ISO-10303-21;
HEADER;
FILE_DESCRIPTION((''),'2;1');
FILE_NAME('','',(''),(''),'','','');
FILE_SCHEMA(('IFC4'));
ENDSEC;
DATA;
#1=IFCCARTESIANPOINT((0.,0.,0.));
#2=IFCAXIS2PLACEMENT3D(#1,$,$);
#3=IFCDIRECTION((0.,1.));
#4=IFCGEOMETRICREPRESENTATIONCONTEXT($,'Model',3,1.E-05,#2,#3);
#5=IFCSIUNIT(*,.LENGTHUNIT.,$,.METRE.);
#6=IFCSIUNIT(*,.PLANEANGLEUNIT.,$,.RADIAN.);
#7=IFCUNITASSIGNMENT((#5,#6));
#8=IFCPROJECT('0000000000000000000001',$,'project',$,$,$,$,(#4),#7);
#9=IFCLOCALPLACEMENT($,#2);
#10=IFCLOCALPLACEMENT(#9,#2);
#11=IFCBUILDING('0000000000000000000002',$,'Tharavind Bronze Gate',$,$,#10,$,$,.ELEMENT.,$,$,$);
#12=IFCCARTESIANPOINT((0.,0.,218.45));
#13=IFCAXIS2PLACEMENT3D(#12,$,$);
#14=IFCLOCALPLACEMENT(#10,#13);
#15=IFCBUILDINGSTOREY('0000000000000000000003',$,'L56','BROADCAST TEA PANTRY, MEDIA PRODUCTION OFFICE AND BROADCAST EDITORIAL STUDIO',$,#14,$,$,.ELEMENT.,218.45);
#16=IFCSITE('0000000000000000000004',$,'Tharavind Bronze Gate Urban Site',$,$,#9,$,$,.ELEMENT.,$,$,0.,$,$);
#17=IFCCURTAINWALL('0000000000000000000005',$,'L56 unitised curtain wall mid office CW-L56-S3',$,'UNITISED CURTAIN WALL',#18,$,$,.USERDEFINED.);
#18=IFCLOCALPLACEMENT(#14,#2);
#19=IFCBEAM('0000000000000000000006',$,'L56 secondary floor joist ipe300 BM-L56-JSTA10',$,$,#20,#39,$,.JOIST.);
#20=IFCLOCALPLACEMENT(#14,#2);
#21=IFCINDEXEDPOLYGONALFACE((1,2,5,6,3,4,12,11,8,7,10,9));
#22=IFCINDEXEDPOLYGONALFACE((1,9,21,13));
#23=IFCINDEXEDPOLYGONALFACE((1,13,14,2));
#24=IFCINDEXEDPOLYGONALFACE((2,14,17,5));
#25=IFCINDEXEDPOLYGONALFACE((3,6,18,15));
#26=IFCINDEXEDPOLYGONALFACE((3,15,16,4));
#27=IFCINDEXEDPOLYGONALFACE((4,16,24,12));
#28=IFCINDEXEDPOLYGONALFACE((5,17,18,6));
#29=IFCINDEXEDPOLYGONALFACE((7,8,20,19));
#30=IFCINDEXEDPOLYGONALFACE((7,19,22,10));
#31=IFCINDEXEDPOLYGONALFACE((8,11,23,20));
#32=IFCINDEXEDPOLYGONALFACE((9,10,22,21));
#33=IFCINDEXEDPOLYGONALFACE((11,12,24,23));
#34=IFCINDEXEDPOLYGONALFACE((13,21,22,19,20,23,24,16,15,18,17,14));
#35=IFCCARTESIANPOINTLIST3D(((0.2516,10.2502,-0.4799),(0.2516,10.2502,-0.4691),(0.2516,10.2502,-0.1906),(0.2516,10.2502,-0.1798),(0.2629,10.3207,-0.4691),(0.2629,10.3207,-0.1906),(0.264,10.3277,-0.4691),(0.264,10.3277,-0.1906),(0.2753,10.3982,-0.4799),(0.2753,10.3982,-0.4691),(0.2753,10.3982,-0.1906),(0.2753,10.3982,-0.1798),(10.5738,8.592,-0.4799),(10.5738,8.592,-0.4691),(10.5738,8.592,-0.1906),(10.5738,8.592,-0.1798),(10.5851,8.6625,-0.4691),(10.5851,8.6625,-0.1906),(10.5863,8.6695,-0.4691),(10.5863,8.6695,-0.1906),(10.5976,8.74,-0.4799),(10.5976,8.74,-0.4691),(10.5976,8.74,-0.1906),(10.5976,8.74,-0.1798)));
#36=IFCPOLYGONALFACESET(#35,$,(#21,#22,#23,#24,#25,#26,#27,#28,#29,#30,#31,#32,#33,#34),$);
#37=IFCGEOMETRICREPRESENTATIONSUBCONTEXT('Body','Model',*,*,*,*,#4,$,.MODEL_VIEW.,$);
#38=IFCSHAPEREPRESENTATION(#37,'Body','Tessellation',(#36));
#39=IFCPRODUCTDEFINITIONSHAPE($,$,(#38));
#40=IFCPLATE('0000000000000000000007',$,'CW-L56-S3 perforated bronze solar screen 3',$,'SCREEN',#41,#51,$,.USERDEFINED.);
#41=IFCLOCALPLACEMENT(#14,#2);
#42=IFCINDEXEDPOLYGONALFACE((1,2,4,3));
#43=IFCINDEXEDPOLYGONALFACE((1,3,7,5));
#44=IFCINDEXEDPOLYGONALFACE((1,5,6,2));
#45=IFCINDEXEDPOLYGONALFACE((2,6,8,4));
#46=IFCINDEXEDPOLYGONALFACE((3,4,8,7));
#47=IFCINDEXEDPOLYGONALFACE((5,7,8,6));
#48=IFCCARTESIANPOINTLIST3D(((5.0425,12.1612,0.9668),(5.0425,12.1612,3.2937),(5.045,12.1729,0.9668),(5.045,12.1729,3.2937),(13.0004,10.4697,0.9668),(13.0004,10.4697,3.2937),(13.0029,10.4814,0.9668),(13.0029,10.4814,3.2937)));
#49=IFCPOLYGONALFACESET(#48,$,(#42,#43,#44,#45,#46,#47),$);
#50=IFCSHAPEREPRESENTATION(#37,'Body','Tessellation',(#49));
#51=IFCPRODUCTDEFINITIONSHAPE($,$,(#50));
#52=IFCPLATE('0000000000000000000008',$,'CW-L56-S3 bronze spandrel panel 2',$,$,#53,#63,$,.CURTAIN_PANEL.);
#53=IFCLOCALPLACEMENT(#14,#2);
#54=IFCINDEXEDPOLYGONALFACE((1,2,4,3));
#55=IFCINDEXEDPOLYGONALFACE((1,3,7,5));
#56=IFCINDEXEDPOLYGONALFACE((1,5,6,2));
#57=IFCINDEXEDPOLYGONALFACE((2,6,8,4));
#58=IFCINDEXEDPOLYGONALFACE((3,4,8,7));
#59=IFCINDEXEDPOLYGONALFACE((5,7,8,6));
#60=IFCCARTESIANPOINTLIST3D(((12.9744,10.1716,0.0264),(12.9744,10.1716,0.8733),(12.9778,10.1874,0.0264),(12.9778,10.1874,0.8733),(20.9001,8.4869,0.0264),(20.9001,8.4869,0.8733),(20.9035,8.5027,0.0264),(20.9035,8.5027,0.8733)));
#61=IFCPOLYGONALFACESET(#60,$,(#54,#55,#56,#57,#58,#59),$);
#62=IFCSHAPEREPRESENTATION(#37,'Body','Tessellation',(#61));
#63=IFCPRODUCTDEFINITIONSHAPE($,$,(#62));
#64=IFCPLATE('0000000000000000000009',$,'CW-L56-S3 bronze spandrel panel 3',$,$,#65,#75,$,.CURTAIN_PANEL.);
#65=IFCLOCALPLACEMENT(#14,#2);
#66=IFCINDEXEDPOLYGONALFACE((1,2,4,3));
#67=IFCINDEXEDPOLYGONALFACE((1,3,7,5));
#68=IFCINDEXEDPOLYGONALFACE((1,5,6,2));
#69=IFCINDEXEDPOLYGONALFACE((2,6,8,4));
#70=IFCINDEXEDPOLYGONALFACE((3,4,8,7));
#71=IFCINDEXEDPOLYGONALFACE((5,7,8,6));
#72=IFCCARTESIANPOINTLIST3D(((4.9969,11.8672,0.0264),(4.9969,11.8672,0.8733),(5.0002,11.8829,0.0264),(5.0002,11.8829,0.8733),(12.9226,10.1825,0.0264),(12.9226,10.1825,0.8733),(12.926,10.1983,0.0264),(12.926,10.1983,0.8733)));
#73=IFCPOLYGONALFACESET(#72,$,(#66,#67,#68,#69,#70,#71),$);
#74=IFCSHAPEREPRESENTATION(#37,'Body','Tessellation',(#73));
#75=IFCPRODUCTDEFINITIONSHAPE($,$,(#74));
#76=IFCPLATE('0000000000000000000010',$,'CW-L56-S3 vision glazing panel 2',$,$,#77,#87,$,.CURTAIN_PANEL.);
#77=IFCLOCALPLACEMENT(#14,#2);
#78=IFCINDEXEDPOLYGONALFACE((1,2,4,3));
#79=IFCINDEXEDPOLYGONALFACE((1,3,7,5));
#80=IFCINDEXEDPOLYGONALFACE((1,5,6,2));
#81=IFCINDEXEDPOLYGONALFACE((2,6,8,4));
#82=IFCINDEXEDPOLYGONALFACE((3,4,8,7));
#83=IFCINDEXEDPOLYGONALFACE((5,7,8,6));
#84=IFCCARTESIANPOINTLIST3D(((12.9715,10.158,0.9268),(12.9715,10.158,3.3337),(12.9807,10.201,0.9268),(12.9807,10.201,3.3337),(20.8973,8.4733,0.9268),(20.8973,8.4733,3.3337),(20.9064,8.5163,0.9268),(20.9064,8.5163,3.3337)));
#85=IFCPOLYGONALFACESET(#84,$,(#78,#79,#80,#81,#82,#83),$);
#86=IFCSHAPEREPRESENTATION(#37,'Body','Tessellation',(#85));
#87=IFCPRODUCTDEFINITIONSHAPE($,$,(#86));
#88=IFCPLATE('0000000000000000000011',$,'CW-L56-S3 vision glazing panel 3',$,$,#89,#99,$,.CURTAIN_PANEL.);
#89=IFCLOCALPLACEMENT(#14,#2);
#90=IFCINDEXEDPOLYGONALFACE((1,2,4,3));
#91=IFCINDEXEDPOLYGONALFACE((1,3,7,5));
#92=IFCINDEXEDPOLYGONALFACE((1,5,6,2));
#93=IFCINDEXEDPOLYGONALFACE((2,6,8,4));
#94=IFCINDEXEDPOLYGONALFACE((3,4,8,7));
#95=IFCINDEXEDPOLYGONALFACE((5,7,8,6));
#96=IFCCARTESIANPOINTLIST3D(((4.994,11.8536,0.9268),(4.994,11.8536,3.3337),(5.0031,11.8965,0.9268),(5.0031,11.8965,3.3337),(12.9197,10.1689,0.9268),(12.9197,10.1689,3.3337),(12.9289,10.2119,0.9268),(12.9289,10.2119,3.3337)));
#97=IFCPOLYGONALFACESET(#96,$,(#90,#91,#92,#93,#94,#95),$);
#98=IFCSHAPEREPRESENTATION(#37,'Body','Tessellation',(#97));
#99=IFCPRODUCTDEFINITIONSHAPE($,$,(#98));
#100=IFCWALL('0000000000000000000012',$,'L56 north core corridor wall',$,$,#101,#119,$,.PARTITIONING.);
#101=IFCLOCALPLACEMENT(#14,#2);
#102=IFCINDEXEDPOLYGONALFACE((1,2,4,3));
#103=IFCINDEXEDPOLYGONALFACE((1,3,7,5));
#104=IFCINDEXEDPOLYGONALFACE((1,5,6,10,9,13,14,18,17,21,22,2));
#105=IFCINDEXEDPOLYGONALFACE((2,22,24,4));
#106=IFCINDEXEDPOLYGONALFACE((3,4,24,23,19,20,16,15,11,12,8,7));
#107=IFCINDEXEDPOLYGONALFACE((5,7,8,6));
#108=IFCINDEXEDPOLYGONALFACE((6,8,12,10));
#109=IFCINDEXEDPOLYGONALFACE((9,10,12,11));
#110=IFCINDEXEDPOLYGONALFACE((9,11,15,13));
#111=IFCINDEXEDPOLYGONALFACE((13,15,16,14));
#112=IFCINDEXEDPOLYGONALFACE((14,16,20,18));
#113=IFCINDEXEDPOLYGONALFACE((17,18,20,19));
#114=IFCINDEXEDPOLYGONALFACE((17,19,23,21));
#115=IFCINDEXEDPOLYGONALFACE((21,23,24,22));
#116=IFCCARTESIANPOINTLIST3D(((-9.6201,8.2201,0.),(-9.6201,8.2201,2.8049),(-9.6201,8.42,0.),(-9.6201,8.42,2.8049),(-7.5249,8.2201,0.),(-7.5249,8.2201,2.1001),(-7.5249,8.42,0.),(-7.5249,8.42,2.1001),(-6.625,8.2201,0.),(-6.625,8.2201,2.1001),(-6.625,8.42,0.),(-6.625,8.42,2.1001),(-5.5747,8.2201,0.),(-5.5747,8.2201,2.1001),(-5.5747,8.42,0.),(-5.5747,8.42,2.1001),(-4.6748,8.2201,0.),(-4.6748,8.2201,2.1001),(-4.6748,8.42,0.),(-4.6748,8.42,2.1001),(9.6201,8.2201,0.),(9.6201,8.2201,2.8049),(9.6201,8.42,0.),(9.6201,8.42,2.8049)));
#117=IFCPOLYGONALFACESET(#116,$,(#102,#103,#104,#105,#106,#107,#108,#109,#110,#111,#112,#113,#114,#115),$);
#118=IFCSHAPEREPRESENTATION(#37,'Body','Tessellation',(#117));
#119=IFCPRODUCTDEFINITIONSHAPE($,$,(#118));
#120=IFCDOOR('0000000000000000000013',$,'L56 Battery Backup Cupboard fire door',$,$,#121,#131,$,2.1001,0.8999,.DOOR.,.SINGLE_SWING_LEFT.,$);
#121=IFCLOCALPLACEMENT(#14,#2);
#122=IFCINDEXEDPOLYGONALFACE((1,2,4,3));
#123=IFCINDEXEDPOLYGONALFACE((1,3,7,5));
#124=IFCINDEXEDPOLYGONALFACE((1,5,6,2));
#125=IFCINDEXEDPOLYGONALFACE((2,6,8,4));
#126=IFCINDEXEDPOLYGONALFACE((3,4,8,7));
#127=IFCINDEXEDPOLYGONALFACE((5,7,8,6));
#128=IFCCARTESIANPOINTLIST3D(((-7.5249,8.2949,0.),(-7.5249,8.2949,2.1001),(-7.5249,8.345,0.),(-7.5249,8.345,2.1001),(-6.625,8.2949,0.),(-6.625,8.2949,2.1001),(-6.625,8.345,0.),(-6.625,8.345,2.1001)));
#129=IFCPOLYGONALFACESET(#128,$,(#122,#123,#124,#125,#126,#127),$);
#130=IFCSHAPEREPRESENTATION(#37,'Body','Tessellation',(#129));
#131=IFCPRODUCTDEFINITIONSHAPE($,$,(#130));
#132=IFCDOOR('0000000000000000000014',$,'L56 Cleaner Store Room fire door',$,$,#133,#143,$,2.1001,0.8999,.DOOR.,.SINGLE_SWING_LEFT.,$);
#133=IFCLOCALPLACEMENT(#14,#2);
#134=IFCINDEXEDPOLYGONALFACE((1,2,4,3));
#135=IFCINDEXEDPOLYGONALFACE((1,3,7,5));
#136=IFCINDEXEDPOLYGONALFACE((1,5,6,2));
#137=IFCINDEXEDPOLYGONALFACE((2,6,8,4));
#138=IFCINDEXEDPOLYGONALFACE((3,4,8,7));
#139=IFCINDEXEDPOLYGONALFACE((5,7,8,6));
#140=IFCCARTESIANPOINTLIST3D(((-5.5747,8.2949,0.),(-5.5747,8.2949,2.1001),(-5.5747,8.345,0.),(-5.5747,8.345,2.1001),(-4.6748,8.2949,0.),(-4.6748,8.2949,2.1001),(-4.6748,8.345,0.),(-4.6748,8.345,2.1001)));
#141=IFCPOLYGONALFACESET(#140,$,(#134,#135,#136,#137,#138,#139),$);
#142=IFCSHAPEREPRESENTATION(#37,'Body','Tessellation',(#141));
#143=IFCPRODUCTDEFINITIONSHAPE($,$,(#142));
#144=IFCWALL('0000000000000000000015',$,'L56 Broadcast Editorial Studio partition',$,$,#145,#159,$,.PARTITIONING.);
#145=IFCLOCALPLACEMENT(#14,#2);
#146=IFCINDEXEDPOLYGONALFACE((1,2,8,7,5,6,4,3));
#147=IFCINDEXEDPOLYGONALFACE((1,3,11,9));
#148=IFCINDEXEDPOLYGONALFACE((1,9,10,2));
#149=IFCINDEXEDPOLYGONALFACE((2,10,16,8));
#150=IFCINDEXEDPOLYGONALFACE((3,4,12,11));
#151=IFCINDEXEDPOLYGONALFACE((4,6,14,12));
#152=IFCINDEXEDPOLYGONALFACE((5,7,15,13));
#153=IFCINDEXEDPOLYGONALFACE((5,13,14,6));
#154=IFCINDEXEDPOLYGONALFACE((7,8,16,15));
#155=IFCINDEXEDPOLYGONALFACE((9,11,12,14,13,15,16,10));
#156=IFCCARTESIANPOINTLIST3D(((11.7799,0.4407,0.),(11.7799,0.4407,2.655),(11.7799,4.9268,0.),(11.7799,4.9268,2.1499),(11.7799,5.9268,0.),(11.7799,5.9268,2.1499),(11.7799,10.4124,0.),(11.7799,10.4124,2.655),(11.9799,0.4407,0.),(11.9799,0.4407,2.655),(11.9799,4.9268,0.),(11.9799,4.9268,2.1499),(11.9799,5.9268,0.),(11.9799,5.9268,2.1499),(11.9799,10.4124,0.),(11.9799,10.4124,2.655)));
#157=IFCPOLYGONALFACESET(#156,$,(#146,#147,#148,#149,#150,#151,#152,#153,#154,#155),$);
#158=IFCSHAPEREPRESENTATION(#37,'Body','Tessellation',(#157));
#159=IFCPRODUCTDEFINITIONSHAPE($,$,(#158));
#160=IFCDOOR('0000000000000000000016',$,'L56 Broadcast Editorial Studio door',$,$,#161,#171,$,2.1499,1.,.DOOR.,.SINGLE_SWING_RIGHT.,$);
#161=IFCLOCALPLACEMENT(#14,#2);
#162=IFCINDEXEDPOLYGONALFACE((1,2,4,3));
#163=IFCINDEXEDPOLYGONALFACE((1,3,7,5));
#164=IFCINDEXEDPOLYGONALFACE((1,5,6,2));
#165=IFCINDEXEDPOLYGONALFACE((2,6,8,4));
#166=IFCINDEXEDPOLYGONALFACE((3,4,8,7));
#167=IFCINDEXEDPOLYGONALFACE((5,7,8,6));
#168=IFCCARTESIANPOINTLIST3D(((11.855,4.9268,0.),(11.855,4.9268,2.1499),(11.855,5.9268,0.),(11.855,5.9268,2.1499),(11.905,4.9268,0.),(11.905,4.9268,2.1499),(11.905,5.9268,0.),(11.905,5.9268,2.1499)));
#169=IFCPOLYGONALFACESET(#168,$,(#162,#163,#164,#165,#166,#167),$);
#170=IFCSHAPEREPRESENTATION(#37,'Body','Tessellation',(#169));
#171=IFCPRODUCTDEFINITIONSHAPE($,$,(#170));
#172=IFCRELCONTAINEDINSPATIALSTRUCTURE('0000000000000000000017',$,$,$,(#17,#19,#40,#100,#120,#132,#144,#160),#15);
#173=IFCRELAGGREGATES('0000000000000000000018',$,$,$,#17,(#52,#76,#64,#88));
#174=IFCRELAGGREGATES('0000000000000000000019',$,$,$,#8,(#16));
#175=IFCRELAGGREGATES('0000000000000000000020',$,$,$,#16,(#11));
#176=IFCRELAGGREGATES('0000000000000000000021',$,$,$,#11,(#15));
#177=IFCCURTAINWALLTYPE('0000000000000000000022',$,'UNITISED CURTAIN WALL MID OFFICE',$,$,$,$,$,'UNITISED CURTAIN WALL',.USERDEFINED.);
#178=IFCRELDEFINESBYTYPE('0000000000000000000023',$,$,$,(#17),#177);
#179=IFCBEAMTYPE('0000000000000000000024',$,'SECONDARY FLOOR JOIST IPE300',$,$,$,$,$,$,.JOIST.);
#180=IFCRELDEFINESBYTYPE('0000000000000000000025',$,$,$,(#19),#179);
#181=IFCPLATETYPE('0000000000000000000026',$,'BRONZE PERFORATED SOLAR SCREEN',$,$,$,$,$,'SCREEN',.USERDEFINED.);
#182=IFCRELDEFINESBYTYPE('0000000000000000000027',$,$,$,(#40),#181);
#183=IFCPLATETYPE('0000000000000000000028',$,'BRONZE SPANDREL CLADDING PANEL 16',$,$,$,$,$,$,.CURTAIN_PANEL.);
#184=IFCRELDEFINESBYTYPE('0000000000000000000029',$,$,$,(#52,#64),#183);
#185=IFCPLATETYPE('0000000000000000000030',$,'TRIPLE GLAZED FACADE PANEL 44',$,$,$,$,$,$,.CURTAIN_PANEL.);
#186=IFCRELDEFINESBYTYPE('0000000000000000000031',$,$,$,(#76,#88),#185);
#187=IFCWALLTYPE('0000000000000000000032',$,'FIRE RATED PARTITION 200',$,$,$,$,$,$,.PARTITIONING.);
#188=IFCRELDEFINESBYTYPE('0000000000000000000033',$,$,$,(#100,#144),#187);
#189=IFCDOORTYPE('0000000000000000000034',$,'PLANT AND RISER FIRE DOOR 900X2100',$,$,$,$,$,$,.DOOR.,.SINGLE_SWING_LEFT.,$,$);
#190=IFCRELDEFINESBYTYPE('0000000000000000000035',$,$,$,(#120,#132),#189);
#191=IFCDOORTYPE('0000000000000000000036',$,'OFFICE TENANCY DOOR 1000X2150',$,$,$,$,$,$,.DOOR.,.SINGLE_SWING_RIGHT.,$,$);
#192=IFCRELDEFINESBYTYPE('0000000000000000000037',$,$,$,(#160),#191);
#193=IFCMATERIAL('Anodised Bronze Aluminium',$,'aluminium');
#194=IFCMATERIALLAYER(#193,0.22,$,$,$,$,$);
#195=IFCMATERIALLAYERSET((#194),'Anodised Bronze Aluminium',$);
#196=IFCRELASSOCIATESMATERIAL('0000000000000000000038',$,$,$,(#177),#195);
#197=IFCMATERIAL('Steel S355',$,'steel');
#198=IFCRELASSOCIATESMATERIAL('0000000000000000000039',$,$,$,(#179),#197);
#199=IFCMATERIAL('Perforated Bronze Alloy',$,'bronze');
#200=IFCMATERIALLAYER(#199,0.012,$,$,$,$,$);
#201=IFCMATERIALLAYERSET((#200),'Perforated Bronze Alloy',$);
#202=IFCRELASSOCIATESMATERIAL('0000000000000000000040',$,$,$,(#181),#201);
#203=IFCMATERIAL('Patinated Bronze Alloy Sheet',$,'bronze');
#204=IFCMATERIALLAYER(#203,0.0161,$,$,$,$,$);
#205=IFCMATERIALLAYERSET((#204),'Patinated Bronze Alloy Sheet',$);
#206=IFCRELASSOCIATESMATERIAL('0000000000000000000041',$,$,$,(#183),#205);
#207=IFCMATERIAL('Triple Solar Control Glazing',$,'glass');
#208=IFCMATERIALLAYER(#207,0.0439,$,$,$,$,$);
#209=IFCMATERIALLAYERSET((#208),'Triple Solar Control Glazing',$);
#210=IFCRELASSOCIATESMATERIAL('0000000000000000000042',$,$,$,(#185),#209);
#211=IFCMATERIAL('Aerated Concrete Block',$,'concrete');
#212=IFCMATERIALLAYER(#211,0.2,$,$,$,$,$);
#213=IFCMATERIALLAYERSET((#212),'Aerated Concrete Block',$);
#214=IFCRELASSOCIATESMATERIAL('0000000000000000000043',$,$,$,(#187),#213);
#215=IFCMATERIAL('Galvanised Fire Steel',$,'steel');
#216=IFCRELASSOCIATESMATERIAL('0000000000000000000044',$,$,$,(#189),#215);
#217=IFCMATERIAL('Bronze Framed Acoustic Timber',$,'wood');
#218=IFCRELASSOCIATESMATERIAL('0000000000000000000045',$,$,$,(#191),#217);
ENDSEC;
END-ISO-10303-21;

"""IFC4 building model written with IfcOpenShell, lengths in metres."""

from ifc_helpers import new_model, si_unit, direction, frame, frame_2d, origin, origin_2d, place, context, subcontext, project, spatial, rectangle, i_section, extrude, material, layer, layer_set, material_profile, profile_set, type_object, element, fill, aggregate, save


model = new_model("IFC4")

# Units and contexts
model_context = context("Model", 3, precision=1e-05, world=origin(), true_north=direction((0.0, 1.0)))
body_context = subcontext(model_context, "Body", "Model", "MODEL_VIEW")
ifc_project = project(units=[si_unit("LENGTHUNIT", "METRE"), si_unit("PLANEANGLEUNIT", "RADIAN")], contexts=[model_context])

# Site, building, storey
site_placement = place(None, origin())
site = spatial("IfcSite", under=ifc_project, at=site_placement, Name="Tharavind Bronze Gate Urban Site", CompositionType="ELEMENT", RefElevation=0.0)
building_placement = place(site_placement, origin())
building = spatial("IfcBuilding", under=site, at=building_placement, Name="Tharavind Bronze Gate", CompositionType="ELEMENT")
storey_placement = place(building_placement, frame((0.0, 0.0, 218.45)))
storey = spatial("IfcBuildingStorey", under=building, at=storey_placement, Name="L56", Description="BROADCAST TEA PANTRY, MEDIA PRODUCTION OFFICE AND BROADCAST EDITORIAL STUDIO", CompositionType="ELEMENT", Elevation=218.45)

# Curtain wall
ifc_material_1 = material(Name="Anodised Bronze Aluminium", Category="aluminium")
ifc_layer_1 = layer(ifc_material_1, 0.22)
ifc_layer_set_1 = layer_set([ifc_layer_1], Name="Anodised Bronze Aluminium")
curtain_wall_type = type_object("IfcCurtainWallType", Name="UNITISED CURTAIN WALL MID OFFICE", ElementType="UNITISED CURTAIN WALL", PredefinedType="USERDEFINED", material=ifc_layer_set_1)
curtain_wall_placement = place(storey_placement, origin())
curtain_wall = element("IfcCurtainWall", 1, at=curtain_wall_placement, inside=storey, type_object=curtain_wall_type, Name="L56 unitised curtain wall mid office CW-L56-S3", ObjectType="UNITISED CURTAIN WALL", PredefinedType="USERDEFINED")

# Beam
ifc_material_2 = material(Name="Steel S355", Category="steel")
ifc_material_profile_1 = material_profile(ifc_material_2, i_section(OverallWidth=0.1499, OverallDepth=0.3, WebThickness=0.0071, FlangeThickness=0.0107, at=origin_2d()), Name="IPE300")
ifc_profile_set_1 = profile_set([ifc_material_profile_1], Name="Steel S355")
beam_type_1 = type_object("IfcBeamType", Name="SECONDARY FLOOR JOIST IPE300", PredefinedType="JOIST", material=ifc_profile_set_1)
beam_1_placement = place(storey_placement, frame((10.5857, 8.666, -0.3298), z_axis=(-0.987341, 0.15861, 0.0), x_axis=(-0.15861, -0.987341, 0.0)))
element("IfcBeam", 2, at=beam_1_placement, inside=storey, type_object=beam_type_1, Name="L56 secondary floor joist ipe300 BM-L56-JSTA10", PredefinedType="JOIST", context=body_context, shape_type="SweptSolid", body=[
    extrude(i_section(OverallWidth=0.1499, OverallDepth=0.3, WebThickness=0.0071, FlangeThickness=0.0107, at=origin_2d()), origin(), (0.0, 0.0, 1.0), 10.4546),
])

# Plates
ifc_material_3 = material(Name="Perforated Bronze Alloy", Category="bronze")
ifc_layer_2 = layer(ifc_material_3, 0.012)
ifc_layer_set_2 = layer_set([ifc_layer_2], Name="Perforated Bronze Alloy")
plate_type_1 = type_object("IfcPlateType", Name="BRONZE PERFORATED SOLAR SCREEN", ElementType="SCREEN", PredefinedType="USERDEFINED", material=ifc_layer_set_2)
plate_1_placement = place(storey_placement, frame((9.0227, 11.3213, 0.9668), z_axis=(0.0, 0.0, 1.0), x_axis=(-0.978148, 0.207912, 0.0)))
element("IfcPlate", 3, at=plate_1_placement, inside=storey, type_object=plate_type_1, Name="CW-L56-S3 perforated bronze solar screen 3", ObjectType="SCREEN", PredefinedType="USERDEFINED", context=body_context, shape_type="SweptSolid", body=[
    extrude(rectangle(XDim=8.1357, YDim=0.012, at=origin_2d()), origin(), (0.0, 0.0, 1.0), 2.3269),
])
ifc_material_4 = material(Name="Patinated Bronze Alloy Sheet", Category="bronze")
ifc_layer_3 = layer(ifc_material_4, 0.0161)
ifc_layer_set_3 = layer_set([ifc_layer_3], Name="Patinated Bronze Alloy Sheet")
plate_type_2 = type_object("IfcPlateType", Name="BRONZE SPANDREL CLADDING PANEL 16", PredefinedType="CURTAIN_PANEL", material=ifc_layer_set_3)
plate_2_placement = place(storey_placement, frame((16.939, 9.3372, 0.0264), z_axis=(0.0, 0.0, 1.0), x_axis=(-0.978148, 0.207912, 0.0)))
plate_2 = element("IfcPlate", 4, at=plate_2_placement, type_object=plate_type_2, Name="CW-L56-S3 bronze spandrel panel 2", PredefinedType="CURTAIN_PANEL", context=body_context, shape_type="SweptSolid", body=[
    extrude(rectangle(XDim=8.1028, YDim=0.0161, at=origin_2d()), origin(), (0.0, 0.0, 1.0), 0.8469),
])
plate_3_placement = place(storey_placement, frame((8.9614, 11.0327, 0.0264), z_axis=(0.0, 0.0, 1.0), x_axis=(-0.978148, 0.207912, 0.0)))
plate_3 = element("IfcPlate", 5, at=plate_3_placement, type_object=plate_type_2, Name="CW-L56-S3 bronze spandrel panel 3", PredefinedType="CURTAIN_PANEL", context=body_context, shape_type="SweptSolid", body=[
    extrude(rectangle(XDim=8.1028, YDim=0.0161, at=origin_2d()), origin(), (0.0, 0.0, 1.0), 0.8469),
])
ifc_material_5 = material(Name="Triple Solar Control Glazing", Category="glass")
ifc_layer_4 = layer(ifc_material_5, 0.0439)
ifc_layer_set_4 = layer_set([ifc_layer_4], Name="Triple Solar Control Glazing")
plate_type_3 = type_object("IfcPlateType", Name="TRIPLE GLAZED FACADE PANEL 44", PredefinedType="CURTAIN_PANEL", material=ifc_layer_set_4)
plate_4_placement = place(storey_placement, frame((16.939, 9.3372, 0.9268), z_axis=(0.0, 0.0, 1.0), x_axis=(-0.978148, 0.207912, 0.0)))
plate_4 = element("IfcPlate", 6, at=plate_4_placement, type_object=plate_type_3, Name="CW-L56-S3 vision glazing panel 2", PredefinedType="CURTAIN_PANEL", context=body_context, shape_type="SweptSolid", body=[
    extrude(rectangle(XDim=8.1028, YDim=0.0439, at=origin_2d()), origin(), (0.0, 0.0, 1.0), 2.407),
])
plate_5_placement = place(storey_placement, frame((8.9614, 11.0327, 0.9268), z_axis=(0.0, 0.0, 1.0), x_axis=(-0.978148, 0.207912, 0.0)))
plate_5 = element("IfcPlate", 7, at=plate_5_placement, type_object=plate_type_3, Name="CW-L56-S3 vision glazing panel 3", PredefinedType="CURTAIN_PANEL", context=body_context, shape_type="SweptSolid", body=[
    extrude(rectangle(XDim=8.1028, YDim=0.0439, at=origin_2d()), origin(), (0.0, 0.0, 1.0), 2.407),
])
aggregate(curtain_wall, [plate_2, plate_4, plate_3, plate_5])

# Wall, openings, doors
ifc_material_6 = material(Name="Aerated Concrete Block", Category="concrete")
ifc_layer_5 = layer(ifc_material_6, 0.2)
ifc_layer_set_5 = layer_set([ifc_layer_5], Name="Aerated Concrete Block")
wall_type = type_object("IfcWallType", Name="FIRE RATED PARTITION 200", PredefinedType="PARTITIONING", material=ifc_layer_set_5)
wall_1_placement = place(storey_placement, frame((9.6201, 8.3201, 0.0), z_axis=(0.0, 0.0, 1.0), x_axis=(-1.0, 0.0, 0.0)))
wall_1 = element("IfcWall", 8, at=wall_1_placement, inside=storey, type_object=wall_type, Name="L56 north core corridor wall", PredefinedType="PARTITIONING", context=body_context, shape_type="SweptSolid", body=[
    extrude(rectangle(XDim=19.2402, YDim=0.2, at=frame_2d((9.6201, 0.0))), origin(), (0.0, 0.0, 1.0), 2.8049),
])
opening_1_placement = place(wall_1_placement, frame((16.2451, 0.0, 0.0)))
opening_1 = element("IfcOpeningElement", 9, at=opening_1_placement, cuts=wall_1, PredefinedType="OPENING", context=body_context, shape_type="SweptSolid", body=[
    extrude(rectangle(XDim=0.8999, YDim=2.1001, at=frame_2d((0.45, 1.05))), frame((0.0, 0.1101, 0.0), z_axis=(0.0, -1.0, 0.0), x_axis=(1.0, 0.0, 0.0)), (0.0, 0.0, 1.0), 0.22),
])
opening_2_placement = place(wall_1_placement, frame((14.2949, 0.0, 0.0)))
opening_2 = element("IfcOpeningElement", 10, at=opening_2_placement, cuts=wall_1, PredefinedType="OPENING", context=body_context, shape_type="SweptSolid", body=[
    extrude(rectangle(XDim=0.8999, YDim=2.1001, at=frame_2d((0.45, 1.05))), frame((0.0, 0.1101, 0.0), z_axis=(0.0, -1.0, 0.0), x_axis=(1.0, 0.0, 0.0)), (0.0, 0.0, 1.0), 0.22),
])
ifc_material_7 = material(Name="Galvanised Fire Steel", Category="steel")
door_type_1 = type_object("IfcDoorType", Name="PLANT AND RISER FIRE DOOR 900X2100", OperationType="SINGLE_SWING_LEFT", PredefinedType="DOOR", material=ifc_material_7)
door_1_placement = place(opening_1_placement, frame((0.8999, 0.0, 0.0), z_axis=(0.0, 0.0, 1.0), x_axis=(-1.0, 0.0, 0.0)))
door_1 = element("IfcDoor", 11, at=door_1_placement, inside=storey, type_object=door_type_1, Name="L56 Battery Backup Cupboard fire door", OperationType="SINGLE_SWING_LEFT", OverallHeight=2.1001, OverallWidth=0.8999, PredefinedType="DOOR", context=body_context, shape_type="SweptSolid", body=[
    extrude(rectangle(XDim=0.8999, YDim=2.1001, at=frame_2d((0.45, 1.05))), frame((0.0, 0.0249, 0.0), z_axis=(0.0, -1.0, 0.0), x_axis=(1.0, 0.0, 0.0)), (0.0, 0.0, 1.0), 0.05),
])
fill(opening_1, door_1)
door_2_placement = place(opening_2_placement, frame((0.8999, 0.0, 0.0), z_axis=(0.0, 0.0, 1.0), x_axis=(-1.0, 0.0, 0.0)))
door_2 = element("IfcDoor", 12, at=door_2_placement, inside=storey, type_object=door_type_1, Name="L56 Cleaner Store Room fire door", OperationType="SINGLE_SWING_LEFT", OverallHeight=2.1001, OverallWidth=0.8999, PredefinedType="DOOR", context=body_context, shape_type="SweptSolid", body=[
    extrude(rectangle(XDim=0.8999, YDim=2.1001, at=frame_2d((0.45, 1.05))), frame((0.0, 0.0249, 0.0), z_axis=(0.0, -1.0, 0.0), x_axis=(1.0, 0.0, 0.0)), (0.0, 0.0, 1.0), 0.05),
])
fill(opening_2, door_2)

# Wall, opening, door
wall_2_placement = place(storey_placement, frame((11.8799, 0.4407, 0.0), z_axis=(0.0, 0.0, 1.0), x_axis=(0.0, 1.0, 0.0)))
wall_2 = element("IfcWall", 13, at=wall_2_placement, inside=storey, type_object=wall_type, Name="L56 Broadcast Editorial Studio partition", PredefinedType="PARTITIONING", context=body_context, shape_type="SweptSolid", body=[
    extrude(rectangle(XDim=9.9717, YDim=0.2, at=frame_2d((4.9858, 0.0))), origin(), (0.0, 0.0, 1.0), 2.655),
])
opening_3_placement = place(wall_2_placement, frame((4.4861, 0.0, 0.0)))
opening_3 = element("IfcOpeningElement", 14, at=opening_3_placement, cuts=wall_2, PredefinedType="OPENING", context=body_context, shape_type="SweptSolid", body=[
    extrude(rectangle(XDim=1.0, YDim=2.1499, at=frame_2d((0.5, 1.075))), frame((0.0, 0.1101, 0.0), z_axis=(0.0, -1.0, 0.0), x_axis=(1.0, 0.0, 0.0)), (0.0, 0.0, 1.0), 0.22),
])
ifc_material_8 = material(Name="Bronze Framed Acoustic Timber", Category="wood")
door_type_2 = type_object("IfcDoorType", Name="OFFICE TENANCY DOOR 1000X2150", OperationType="SINGLE_SWING_RIGHT", PredefinedType="DOOR", material=ifc_material_8)
door_3_placement = place(opening_3_placement, origin())
door_3 = element("IfcDoor", 15, at=door_3_placement, inside=storey, type_object=door_type_2, Name="L56 Broadcast Editorial Studio door", OperationType="SINGLE_SWING_RIGHT", OverallHeight=2.1499, OverallWidth=1.0, PredefinedType="DOOR", context=body_context, shape_type="SweptSolid", body=[
    extrude(rectangle(XDim=1.0, YDim=2.1499, at=frame_2d((0.5, 1.075))), frame((0.0, 0.0249, 0.0), z_axis=(0.0, -1.0, 0.0), x_axis=(1.0, 0.0, 0.0)), (0.0, 0.0, 1.0), 0.05),
])
fill(opening_3, door_3)

save(model, "model.ifc")
